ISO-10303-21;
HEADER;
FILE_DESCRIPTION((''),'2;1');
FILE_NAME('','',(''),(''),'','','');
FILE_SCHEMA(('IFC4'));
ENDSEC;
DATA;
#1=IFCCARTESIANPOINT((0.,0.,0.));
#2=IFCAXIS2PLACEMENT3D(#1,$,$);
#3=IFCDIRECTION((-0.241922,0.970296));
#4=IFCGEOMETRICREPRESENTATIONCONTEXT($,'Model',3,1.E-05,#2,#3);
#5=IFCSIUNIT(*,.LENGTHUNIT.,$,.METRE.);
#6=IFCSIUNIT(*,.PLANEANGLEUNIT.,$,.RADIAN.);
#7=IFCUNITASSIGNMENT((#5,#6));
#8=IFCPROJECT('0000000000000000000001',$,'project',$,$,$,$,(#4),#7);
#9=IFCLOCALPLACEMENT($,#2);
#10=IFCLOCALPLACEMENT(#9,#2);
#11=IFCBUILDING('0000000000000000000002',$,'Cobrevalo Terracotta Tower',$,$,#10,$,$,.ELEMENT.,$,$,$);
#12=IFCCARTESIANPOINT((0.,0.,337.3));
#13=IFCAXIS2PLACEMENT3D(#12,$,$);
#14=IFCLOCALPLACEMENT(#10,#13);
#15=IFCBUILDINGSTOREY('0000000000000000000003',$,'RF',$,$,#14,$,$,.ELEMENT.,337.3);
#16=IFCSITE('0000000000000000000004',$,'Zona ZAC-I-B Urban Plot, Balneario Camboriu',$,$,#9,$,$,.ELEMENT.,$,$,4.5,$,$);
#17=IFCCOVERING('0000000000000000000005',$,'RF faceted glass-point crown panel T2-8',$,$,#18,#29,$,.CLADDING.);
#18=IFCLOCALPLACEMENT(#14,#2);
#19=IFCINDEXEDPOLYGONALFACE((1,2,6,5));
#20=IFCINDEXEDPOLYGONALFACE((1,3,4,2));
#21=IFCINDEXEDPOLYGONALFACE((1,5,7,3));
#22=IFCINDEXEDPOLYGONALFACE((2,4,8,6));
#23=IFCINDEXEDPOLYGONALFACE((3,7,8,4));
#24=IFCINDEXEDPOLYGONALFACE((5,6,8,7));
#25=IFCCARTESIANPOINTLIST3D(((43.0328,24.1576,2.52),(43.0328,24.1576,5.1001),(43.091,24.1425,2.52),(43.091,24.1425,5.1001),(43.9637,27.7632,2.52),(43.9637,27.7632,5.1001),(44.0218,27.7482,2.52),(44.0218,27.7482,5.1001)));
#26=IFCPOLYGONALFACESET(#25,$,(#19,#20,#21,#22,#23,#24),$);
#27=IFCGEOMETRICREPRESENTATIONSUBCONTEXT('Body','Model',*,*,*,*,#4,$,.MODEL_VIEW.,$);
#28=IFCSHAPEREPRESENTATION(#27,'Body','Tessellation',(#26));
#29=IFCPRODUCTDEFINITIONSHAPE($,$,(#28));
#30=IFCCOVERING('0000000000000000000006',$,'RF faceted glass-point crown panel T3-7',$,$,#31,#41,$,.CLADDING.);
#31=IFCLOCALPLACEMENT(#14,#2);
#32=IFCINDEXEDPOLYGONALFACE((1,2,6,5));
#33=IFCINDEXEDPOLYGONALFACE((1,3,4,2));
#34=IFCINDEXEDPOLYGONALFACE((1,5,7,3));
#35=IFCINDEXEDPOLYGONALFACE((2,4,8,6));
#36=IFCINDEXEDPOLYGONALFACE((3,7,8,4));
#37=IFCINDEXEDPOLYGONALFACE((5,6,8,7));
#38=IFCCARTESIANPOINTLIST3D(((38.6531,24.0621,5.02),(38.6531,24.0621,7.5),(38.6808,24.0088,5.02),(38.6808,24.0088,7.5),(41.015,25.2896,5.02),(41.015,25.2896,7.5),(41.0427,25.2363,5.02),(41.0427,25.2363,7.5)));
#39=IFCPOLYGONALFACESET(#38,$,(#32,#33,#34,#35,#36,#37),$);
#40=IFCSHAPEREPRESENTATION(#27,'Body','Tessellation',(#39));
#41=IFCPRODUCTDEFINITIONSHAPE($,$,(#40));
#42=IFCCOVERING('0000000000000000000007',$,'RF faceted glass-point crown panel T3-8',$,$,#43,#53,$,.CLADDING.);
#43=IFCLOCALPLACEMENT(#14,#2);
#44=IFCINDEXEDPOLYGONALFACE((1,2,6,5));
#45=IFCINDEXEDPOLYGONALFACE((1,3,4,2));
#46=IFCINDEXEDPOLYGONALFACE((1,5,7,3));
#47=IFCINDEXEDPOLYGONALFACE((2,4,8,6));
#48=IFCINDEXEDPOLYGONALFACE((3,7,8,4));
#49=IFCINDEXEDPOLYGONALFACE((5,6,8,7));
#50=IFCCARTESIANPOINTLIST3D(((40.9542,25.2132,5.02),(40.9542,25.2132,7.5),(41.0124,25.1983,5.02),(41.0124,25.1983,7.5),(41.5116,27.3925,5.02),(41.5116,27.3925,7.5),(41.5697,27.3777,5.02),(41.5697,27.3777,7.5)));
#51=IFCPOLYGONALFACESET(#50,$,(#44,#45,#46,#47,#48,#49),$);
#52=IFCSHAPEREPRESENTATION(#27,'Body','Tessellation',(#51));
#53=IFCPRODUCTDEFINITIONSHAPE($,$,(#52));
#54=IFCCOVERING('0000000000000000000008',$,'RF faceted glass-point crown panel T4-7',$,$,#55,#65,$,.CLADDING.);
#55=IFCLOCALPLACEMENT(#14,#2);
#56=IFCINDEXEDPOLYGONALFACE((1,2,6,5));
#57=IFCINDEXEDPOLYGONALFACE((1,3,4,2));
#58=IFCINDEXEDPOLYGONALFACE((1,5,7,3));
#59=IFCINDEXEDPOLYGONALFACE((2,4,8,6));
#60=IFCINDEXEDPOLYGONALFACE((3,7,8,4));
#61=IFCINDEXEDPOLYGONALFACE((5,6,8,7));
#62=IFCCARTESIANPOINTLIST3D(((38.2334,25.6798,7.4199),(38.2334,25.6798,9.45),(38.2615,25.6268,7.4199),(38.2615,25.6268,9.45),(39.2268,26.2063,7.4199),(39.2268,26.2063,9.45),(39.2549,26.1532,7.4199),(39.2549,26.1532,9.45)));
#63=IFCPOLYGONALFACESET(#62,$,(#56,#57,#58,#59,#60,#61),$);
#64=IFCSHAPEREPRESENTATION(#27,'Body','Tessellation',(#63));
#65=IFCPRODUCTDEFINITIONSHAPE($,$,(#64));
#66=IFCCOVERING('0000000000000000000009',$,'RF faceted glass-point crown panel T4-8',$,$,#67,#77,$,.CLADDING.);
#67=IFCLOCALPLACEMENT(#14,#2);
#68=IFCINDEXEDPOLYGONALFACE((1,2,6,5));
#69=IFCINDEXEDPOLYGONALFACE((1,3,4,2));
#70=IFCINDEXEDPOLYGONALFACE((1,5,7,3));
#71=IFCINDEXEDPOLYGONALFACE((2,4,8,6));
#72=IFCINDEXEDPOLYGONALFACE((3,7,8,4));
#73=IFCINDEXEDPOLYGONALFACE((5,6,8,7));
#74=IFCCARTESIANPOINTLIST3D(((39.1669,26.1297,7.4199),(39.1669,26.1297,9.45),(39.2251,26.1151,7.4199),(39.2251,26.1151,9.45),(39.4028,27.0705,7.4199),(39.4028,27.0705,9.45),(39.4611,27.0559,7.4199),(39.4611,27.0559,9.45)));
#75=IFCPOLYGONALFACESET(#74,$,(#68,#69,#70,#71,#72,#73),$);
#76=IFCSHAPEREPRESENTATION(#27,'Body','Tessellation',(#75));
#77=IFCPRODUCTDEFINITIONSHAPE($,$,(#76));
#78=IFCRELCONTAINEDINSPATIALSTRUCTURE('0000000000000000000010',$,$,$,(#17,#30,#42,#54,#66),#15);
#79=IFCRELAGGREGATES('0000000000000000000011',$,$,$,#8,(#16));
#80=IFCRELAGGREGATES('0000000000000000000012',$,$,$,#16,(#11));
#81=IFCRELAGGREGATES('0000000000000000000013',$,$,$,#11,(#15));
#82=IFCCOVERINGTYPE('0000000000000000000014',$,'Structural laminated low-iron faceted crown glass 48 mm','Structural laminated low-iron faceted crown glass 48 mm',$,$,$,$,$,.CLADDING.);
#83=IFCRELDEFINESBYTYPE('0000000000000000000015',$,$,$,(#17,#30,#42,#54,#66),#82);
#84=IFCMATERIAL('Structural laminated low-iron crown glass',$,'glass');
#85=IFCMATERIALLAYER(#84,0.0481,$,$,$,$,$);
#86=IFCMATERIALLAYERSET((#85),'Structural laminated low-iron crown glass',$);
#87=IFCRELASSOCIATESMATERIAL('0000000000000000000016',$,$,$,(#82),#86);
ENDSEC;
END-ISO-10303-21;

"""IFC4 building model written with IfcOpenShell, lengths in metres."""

from ifc_helpers import new_model, si_unit, direction, frame, origin, origin_2d, place, context, subcontext, project, spatial, rectangle, extrude, source, transform, mapped, material, layer, layer_set, type_object, element, save


model = new_model("IFC4")

# Units and contexts
model_context = context("Model", 3, precision=1e-05, world=origin(), true_north=direction((-0.241922, 0.970296)))
body_context = subcontext(model_context, "Body", "Model", "MODEL_VIEW")
ifc_project = project(units=[si_unit("LENGTHUNIT", "METRE"), si_unit("PLANEANGLEUNIT", "RADIAN")], contexts=[model_context])

# Site, building, storey
site_placement = place(None, origin())
site = spatial("IfcSite", under=ifc_project, at=site_placement, Name="Zona ZAC-I-B Urban Plot, Balneario Camboriu", CompositionType="ELEMENT", RefElevation=4.5)
building_placement = place(site_placement, origin())
building = spatial("IfcBuilding", under=site, at=building_placement, Name="Cobrevalo Terracotta Tower", CompositionType="ELEMENT")
storey_placement = place(building_placement, frame((0.0, 0.0, 337.3)))
storey = spatial("IfcBuildingStorey", under=building, at=storey_placement, Name="RF", CompositionType="ELEMENT", Elevation=337.3)

# Shared definitions
ifc_material_1 = material(Name="Structural laminated low-iron crown glass", Category="glass")

# Coverings
ifc_layer_1 = layer(ifc_material_1, 0.0481)
ifc_layer_set_1 = layer_set([ifc_layer_1], Name="Structural laminated low-iron crown glass")
covering_type = type_object("IfcCoveringType", Name="Structural laminated low-iron faceted crown glass 48 mm", Description="Structural laminated low-iron faceted crown glass 48 mm", PredefinedType="CLADDING", material=ifc_layer_set_1)
shared_shape_1 = source(origin(), body_context, "Body", "SweptSolid", [
    extrude(rectangle(XDim=3.7239, YDim=0.0601, at=origin_2d()), origin(), (0.0, 0.0, 1.0), 2.5801),
])
covering_1_placement = place(storey_placement, frame((43.5273, 25.9529, 2.52), z_axis=(0.0, 0.0, 1.0), x_axis=(0.249968, 0.968254, 0.0)))
element("IfcCovering", 1, at=covering_1_placement, inside=storey, type_object=covering_type, Name="RF faceted glass-point crown panel T2-8", PredefinedType="CLADDING", context=body_context, shape_type="MappedRepresentation", body=[
    mapped(shared_shape_1, transform((0.0, 0.0, 0.0), scale=1.0)),
])
shared_shape_2 = source(origin(), body_context, "Body", "SweptSolid", [
    extrude(rectangle(XDim=2.6619, YDim=0.0601, at=origin_2d()), origin(), (0.0, 0.0, 1.0), 2.48),
])
covering_2_placement = place(storey_placement, frame((39.8479, 24.6492, 5.02), z_axis=(0.0, 0.0, 1.0), x_axis=(0.887328, 0.461139, 0.0)))
element("IfcCovering", 2, at=covering_2_placement, inside=storey, type_object=covering_type, Name="RF faceted glass-point crown panel T3-7", PredefinedType="CLADDING", context=body_context, shape_type="MappedRepresentation", body=[
    mapped(shared_shape_2, transform((0.0, 0.0, 0.0), scale=1.0)),
])
shared_shape_3 = source(origin(), body_context, "Body", "SweptSolid", [
    extrude(rectangle(XDim=2.2495, YDim=0.0601, at=origin_2d()), origin(), (0.0, 0.0, 1.0), 2.48),
])
covering_3_placement = place(storey_placement, frame((41.262, 26.2954, 5.02), z_axis=(0.0, 0.0, 1.0), x_axis=(0.24777, 0.968819, 0.0)))
element("IfcCovering", 3, at=covering_3_placement, inside=storey, type_object=covering_type, Name="RF faceted glass-point crown panel T3-8", PredefinedType="CLADDING", context=body_context, shape_type="MappedRepresentation", body=[
    mapped(shared_shape_3, transform((0.0, 0.0, 0.0), scale=1.0)),
])
shared_shape_4 = source(origin(), body_context, "Body", "SweptSolid", [
    extrude(rectangle(XDim=1.1243, YDim=0.0601, at=origin_2d()), origin(), (0.0, 0.0, 1.0), 2.03),
])
covering_4_placement = place(storey_placement, frame((38.7441, 25.9165, 7.4199), z_axis=(0.0, 0.0, 1.0), x_axis=(0.883597, 0.468249, 0.0)))
element("IfcCovering", 4, at=covering_4_placement, inside=storey, type_object=covering_type, Name="RF faceted glass-point crown panel T4-7", PredefinedType="CLADDING", context=body_context, shape_type="MappedRepresentation", body=[
    mapped(shared_shape_4, transform((0.0, 0.0, 0.0), scale=1.0)),
])
shared_shape_5 = source(origin(), body_context, "Body", "SweptSolid", [
    extrude(rectangle(XDim=0.97, YDim=0.0601, at=origin_2d()), origin(), (0.0, 0.0, 1.0), 2.03),
])
covering_5_placement = place(storey_placement, frame((39.314, 26.5928, 7.4199), z_axis=(0.0, 0.0, 1.0), x_axis=(0.243268, 0.969959, 0.0)))
element("IfcCovering", 5, at=covering_5_placement, inside=storey, type_object=covering_type, Name="RF faceted glass-point crown panel T4-8", PredefinedType="CLADDING", context=body_context, shape_type="MappedRepresentation", body=[
    mapped(shared_shape_5, transform((0.0, 0.0, 0.0), scale=1.0)),
])

save(model, "model.ifc")
